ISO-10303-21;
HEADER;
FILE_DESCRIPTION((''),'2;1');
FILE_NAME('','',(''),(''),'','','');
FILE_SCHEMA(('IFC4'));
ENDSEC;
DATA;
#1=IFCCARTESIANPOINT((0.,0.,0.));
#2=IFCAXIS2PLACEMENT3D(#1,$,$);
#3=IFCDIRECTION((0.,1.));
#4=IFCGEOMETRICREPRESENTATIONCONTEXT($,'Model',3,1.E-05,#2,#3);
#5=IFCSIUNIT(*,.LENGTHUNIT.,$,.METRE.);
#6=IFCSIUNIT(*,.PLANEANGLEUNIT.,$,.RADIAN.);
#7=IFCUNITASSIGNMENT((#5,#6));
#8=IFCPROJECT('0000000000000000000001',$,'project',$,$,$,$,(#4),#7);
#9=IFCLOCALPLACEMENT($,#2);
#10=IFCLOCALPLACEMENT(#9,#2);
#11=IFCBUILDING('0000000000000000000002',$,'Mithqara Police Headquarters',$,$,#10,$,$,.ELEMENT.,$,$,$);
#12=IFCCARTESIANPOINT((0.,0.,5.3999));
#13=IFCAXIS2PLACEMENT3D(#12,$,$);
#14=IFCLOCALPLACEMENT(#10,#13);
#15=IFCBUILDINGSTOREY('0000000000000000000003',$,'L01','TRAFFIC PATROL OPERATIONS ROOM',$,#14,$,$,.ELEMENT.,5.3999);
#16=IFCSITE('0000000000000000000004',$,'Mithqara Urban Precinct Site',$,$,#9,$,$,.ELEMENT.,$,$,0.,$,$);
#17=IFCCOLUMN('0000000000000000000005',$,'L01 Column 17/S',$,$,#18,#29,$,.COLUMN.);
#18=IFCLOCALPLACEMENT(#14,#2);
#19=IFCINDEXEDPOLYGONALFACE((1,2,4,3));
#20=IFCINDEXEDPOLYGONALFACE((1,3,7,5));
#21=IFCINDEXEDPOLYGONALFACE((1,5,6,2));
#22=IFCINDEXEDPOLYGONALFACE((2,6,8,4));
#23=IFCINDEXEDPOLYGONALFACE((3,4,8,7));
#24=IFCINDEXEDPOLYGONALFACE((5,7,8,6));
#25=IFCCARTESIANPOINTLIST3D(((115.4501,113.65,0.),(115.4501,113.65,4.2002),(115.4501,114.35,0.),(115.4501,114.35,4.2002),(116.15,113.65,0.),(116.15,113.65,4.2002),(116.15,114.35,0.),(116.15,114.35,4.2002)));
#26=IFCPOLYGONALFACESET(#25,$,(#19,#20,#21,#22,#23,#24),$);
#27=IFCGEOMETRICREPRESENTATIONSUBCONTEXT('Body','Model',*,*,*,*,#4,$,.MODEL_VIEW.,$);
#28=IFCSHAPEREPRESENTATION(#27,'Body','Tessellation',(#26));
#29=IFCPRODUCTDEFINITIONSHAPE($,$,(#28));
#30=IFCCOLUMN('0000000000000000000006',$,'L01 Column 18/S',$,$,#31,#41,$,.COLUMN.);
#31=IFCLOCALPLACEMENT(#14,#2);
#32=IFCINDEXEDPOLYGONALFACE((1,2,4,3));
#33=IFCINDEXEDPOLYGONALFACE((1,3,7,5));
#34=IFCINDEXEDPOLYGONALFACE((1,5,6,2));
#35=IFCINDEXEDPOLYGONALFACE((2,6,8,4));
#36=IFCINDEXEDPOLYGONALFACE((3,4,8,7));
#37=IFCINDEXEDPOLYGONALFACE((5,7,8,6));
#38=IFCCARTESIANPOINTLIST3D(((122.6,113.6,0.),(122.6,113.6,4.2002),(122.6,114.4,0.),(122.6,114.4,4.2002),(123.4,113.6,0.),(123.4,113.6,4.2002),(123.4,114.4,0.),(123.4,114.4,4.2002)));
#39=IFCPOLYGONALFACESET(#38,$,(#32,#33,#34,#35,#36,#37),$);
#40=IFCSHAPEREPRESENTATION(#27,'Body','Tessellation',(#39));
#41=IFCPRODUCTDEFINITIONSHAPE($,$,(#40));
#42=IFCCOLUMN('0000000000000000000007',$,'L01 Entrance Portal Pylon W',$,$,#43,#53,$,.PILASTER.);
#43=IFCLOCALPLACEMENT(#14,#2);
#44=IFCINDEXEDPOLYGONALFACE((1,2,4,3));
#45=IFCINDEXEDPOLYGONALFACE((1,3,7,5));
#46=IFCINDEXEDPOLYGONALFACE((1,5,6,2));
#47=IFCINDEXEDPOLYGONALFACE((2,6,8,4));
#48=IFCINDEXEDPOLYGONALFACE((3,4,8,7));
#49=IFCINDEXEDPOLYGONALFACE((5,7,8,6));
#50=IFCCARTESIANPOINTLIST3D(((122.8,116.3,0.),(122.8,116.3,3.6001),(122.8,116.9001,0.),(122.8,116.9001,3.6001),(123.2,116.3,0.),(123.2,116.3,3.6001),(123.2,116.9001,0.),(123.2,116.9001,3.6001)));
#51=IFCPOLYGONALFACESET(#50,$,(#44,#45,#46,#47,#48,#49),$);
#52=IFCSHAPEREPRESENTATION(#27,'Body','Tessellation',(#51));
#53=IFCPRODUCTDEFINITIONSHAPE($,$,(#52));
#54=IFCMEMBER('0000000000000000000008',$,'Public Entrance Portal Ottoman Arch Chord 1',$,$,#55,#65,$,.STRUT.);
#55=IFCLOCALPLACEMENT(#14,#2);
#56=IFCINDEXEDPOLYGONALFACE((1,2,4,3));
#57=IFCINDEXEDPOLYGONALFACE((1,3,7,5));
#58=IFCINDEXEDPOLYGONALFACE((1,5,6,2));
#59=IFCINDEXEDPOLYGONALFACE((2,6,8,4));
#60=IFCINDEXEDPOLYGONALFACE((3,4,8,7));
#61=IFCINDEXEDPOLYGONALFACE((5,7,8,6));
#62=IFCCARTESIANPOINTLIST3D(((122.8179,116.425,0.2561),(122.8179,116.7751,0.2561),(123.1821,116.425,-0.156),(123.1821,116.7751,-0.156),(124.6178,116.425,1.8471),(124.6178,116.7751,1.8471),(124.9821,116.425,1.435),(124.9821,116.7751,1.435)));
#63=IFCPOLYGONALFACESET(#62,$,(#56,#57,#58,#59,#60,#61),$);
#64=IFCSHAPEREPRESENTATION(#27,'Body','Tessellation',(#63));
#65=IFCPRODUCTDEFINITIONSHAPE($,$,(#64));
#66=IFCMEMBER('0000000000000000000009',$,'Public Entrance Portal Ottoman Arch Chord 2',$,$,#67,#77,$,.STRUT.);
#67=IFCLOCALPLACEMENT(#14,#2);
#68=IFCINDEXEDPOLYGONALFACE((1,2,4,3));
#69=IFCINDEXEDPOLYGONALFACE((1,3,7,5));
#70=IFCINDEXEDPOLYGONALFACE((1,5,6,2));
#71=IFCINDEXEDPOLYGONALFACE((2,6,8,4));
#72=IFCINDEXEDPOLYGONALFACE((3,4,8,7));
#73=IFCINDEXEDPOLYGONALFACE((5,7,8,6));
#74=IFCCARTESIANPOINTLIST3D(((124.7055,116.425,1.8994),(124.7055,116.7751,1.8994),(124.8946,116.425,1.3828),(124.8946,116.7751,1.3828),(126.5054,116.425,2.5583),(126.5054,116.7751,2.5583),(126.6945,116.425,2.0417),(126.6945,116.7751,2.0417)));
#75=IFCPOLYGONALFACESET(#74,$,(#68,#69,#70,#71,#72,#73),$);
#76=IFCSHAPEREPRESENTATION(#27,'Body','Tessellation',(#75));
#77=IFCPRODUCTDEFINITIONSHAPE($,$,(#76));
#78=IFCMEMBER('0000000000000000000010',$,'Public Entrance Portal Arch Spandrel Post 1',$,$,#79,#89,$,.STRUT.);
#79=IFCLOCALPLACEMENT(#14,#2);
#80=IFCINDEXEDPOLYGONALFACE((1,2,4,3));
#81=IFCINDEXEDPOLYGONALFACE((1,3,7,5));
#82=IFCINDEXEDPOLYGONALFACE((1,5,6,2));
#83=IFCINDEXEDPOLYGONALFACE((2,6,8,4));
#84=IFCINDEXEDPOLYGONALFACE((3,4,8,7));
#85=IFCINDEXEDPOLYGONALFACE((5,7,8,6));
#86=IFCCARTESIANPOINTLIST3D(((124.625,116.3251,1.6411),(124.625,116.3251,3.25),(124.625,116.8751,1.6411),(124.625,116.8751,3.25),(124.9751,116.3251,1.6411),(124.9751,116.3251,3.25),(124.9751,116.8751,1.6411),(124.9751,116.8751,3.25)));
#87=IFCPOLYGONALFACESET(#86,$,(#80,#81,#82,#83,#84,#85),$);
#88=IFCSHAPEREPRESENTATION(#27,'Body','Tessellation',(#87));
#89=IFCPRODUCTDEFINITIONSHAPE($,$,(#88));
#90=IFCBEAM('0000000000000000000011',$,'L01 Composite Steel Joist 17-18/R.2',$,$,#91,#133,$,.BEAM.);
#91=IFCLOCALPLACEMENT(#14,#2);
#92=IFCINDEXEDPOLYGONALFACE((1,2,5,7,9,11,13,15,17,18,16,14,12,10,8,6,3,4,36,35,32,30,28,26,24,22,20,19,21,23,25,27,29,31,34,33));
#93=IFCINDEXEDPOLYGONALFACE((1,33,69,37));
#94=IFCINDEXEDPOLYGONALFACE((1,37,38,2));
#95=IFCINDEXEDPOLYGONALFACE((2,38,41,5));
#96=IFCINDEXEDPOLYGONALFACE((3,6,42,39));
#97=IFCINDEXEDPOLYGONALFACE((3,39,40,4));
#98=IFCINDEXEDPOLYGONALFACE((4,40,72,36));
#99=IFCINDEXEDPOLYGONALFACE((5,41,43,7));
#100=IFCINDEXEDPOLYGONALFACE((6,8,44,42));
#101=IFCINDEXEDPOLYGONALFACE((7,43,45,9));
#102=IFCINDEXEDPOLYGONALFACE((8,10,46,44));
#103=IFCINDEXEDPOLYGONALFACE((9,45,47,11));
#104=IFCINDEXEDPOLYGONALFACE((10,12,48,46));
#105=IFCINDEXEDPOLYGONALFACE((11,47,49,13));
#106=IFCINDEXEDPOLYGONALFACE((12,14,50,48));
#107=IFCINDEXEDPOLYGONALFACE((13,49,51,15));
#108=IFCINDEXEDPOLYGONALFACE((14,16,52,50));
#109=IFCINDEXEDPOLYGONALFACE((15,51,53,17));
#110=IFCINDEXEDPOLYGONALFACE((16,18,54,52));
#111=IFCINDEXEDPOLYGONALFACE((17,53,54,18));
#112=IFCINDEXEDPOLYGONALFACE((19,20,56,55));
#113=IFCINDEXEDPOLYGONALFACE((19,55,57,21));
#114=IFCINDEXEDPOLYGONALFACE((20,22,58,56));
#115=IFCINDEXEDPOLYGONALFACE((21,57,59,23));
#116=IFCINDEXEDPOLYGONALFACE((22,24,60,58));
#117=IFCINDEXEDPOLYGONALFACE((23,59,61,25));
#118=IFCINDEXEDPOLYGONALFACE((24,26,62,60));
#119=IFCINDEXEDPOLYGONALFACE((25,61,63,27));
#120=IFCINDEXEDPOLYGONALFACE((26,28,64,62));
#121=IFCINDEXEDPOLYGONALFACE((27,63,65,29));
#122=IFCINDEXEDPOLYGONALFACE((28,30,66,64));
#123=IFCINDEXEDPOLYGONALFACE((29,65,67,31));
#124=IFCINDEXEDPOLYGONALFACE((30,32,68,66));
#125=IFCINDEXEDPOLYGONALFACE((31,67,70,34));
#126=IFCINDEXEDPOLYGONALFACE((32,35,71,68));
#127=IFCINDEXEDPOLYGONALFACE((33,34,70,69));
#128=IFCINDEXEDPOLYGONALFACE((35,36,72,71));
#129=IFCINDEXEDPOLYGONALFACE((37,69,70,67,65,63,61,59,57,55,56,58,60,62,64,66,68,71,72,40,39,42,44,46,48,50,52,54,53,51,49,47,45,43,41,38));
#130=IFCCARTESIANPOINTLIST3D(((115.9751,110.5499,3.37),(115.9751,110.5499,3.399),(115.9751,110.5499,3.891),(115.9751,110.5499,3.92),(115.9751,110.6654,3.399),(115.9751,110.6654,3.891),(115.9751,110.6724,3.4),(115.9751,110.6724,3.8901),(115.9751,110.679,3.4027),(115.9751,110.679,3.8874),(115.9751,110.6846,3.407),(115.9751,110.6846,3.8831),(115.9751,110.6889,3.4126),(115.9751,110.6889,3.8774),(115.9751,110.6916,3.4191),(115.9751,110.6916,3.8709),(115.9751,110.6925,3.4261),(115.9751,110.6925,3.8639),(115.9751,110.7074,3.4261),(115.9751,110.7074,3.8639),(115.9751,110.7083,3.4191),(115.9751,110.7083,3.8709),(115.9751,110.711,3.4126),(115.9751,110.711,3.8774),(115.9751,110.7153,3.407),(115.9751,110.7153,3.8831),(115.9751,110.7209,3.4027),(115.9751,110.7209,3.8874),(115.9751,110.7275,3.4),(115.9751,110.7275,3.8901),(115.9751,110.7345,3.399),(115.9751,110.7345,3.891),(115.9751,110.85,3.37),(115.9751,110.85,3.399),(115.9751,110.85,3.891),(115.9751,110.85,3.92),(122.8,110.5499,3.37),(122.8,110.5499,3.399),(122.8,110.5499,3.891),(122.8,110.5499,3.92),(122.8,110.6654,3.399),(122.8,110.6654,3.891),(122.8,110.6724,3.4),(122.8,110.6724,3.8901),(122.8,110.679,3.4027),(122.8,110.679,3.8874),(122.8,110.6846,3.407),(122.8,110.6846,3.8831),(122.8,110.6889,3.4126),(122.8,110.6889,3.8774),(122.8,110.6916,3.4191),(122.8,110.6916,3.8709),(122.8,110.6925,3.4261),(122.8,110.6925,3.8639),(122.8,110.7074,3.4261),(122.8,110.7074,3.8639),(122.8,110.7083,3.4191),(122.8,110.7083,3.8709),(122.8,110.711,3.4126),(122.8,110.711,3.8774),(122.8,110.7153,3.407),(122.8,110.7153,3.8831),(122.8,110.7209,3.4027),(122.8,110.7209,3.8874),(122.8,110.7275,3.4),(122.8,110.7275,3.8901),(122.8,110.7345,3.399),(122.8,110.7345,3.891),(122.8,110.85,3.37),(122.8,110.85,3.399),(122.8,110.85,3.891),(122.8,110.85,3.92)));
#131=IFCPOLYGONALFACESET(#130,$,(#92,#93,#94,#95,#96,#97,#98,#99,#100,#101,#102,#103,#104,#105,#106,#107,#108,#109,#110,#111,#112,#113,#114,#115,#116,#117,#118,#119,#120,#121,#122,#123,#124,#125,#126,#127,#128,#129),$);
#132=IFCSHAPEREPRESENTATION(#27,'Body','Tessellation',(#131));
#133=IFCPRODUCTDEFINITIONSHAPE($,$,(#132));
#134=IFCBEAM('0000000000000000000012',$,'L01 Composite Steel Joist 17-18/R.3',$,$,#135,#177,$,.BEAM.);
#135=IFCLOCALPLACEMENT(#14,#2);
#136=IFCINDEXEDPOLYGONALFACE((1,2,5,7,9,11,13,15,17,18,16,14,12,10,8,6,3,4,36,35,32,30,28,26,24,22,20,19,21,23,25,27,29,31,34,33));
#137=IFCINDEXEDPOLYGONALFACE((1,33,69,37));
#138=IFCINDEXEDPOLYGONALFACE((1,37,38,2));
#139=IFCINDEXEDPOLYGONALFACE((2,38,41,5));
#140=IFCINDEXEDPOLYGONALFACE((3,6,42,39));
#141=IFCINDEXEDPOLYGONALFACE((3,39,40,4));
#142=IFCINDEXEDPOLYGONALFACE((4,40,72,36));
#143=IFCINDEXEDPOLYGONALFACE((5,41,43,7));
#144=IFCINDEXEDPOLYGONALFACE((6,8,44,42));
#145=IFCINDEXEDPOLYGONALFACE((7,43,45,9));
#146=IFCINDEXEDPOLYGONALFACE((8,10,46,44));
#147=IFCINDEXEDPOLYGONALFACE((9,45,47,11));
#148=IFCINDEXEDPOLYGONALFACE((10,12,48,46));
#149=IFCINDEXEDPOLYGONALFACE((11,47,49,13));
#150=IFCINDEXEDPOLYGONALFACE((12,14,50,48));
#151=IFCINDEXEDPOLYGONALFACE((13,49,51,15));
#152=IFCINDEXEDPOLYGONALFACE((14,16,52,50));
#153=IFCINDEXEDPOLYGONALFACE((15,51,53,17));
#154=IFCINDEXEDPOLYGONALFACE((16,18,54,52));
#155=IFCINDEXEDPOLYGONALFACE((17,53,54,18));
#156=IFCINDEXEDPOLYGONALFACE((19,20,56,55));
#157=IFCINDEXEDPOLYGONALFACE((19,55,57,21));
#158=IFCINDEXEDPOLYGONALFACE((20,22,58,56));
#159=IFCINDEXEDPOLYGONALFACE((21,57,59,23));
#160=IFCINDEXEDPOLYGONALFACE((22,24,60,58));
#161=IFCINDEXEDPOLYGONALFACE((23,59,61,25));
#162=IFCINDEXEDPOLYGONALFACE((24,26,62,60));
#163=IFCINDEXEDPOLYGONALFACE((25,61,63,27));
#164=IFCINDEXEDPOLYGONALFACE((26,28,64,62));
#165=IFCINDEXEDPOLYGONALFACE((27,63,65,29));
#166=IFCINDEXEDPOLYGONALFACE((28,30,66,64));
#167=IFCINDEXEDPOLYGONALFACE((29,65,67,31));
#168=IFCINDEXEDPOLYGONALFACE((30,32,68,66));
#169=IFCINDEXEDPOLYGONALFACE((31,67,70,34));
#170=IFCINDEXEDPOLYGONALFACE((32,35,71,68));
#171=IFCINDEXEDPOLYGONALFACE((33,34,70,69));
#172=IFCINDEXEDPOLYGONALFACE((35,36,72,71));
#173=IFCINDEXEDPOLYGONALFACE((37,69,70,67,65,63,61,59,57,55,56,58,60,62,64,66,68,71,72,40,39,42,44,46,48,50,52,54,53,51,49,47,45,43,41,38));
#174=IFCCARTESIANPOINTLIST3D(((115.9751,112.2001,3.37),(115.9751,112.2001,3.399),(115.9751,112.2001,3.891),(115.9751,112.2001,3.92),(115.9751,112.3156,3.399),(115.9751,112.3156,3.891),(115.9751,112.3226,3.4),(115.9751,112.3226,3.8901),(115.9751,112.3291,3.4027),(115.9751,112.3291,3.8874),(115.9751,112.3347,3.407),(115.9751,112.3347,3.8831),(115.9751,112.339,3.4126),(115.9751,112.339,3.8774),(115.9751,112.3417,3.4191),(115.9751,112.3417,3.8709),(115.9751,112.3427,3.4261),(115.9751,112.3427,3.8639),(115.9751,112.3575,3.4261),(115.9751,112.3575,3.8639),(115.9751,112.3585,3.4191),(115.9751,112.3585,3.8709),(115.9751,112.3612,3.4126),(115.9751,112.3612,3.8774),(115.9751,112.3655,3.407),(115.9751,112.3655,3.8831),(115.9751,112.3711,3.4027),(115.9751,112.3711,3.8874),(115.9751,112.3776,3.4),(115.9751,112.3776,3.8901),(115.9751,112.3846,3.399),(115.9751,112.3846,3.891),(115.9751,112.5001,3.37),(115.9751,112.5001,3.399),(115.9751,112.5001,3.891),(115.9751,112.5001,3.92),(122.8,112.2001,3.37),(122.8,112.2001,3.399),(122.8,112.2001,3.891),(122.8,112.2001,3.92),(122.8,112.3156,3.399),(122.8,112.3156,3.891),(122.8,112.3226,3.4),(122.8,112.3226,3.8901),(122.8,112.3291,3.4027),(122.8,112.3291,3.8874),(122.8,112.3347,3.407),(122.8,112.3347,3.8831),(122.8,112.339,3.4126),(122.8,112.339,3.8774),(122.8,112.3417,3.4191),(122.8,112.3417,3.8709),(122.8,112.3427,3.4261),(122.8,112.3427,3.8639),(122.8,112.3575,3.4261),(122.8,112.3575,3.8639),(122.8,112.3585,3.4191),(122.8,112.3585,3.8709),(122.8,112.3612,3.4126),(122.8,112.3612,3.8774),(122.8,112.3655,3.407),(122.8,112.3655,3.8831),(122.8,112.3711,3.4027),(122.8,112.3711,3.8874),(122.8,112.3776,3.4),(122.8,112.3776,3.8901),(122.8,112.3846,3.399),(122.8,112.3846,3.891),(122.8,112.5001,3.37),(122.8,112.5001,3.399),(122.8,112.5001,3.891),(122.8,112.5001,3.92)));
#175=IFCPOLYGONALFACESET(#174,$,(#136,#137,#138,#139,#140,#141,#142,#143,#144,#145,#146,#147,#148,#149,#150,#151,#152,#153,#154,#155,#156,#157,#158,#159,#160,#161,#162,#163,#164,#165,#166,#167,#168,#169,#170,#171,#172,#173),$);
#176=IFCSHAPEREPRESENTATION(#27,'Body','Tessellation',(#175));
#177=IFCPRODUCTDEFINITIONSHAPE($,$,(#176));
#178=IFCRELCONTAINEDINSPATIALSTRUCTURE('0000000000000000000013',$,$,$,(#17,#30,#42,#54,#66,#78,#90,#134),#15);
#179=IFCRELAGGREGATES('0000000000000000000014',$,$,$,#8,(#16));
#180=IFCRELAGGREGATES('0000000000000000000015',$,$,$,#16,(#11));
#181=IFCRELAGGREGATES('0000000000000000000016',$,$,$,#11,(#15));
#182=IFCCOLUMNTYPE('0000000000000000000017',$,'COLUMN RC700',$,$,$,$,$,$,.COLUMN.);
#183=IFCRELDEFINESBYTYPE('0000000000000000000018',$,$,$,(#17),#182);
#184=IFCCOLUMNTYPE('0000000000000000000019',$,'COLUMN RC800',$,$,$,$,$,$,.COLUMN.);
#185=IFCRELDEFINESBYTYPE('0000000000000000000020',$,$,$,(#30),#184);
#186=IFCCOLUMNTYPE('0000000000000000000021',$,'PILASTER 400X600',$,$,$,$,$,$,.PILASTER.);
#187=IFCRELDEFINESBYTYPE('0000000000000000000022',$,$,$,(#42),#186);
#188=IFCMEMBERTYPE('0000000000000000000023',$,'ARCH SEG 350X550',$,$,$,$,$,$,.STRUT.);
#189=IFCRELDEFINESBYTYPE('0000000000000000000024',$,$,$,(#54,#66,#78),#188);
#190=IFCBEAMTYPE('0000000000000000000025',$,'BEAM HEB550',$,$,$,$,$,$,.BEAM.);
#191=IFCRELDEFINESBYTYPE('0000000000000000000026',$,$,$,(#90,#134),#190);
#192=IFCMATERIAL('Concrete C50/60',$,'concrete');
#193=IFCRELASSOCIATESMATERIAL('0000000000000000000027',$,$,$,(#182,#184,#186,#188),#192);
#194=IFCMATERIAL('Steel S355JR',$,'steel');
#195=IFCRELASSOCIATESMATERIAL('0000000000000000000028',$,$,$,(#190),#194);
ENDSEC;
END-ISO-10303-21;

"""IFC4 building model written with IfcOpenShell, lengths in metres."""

from ifc_helpers import new_model, si_unit, direction, frame, origin, origin_2d, place, context, subcontext, project, spatial, rectangle, i_section, extrude, material, material_profile, profile_set, type_object, element, save


model = new_model("IFC4")

# Units and contexts
model_context = context("Model", 3, precision=1e-05, world=origin(), true_north=direction((0.0, 1.0)))
body_context = subcontext(model_context, "Body", "Model", "MODEL_VIEW")
ifc_project = project(units=[si_unit("LENGTHUNIT", "METRE"), si_unit("PLANEANGLEUNIT", "RADIAN")], contexts=[model_context])

# Site, building, storey
site_placement = place(None, origin())
site = spatial("IfcSite", under=ifc_project, at=site_placement, Name="Mithqara Urban Precinct Site", CompositionType="ELEMENT", RefElevation=0.0)
building_placement = place(site_placement, origin())
building = spatial("IfcBuilding", under=site, at=building_placement, Name="Mithqara Police Headquarters", CompositionType="ELEMENT")
storey_placement = place(building_placement, frame((0.0, 0.0, 5.3999)))
storey = spatial("IfcBuildingStorey", under=building, at=storey_placement, Name="L01", Description="TRAFFIC PATROL OPERATIONS ROOM", CompositionType="ELEMENT", Elevation=5.3999)

# Columns
ifc_material_1 = material(Name="Concrete C50/60", Category="concrete")
ifc_material_profile_1 = material_profile(ifc_material_1, rectangle(XDim=0.7, YDim=0.7, at=origin_2d()), Name="RC 700x700")
ifc_profile_set_1 = profile_set([ifc_material_profile_1], Name="Concrete C50/60")
column_type_1 = type_object("IfcColumnType", Name="COLUMN RC700", PredefinedType="COLUMN", material=ifc_profile_set_1)
column_1_placement = place(storey_placement, frame((115.8, 114.0, 0.0), z_axis=(0.0, 0.0, 1.0), x_axis=(1.0, 0.0, 0.0)))
element("IfcColumn", 1, at=column_1_placement, inside=storey, type_object=column_type_1, Name="L01 Column 17/S", PredefinedType="COLUMN", context=body_context, shape_type="SweptSolid", body=[
    extrude(rectangle(XDim=0.7, YDim=0.7, at=origin_2d()), origin(), (0.0, 0.0, 1.0), 4.2002),
])
ifc_material_profile_2 = material_profile(ifc_material_1, rectangle(XDim=0.8, YDim=0.8, at=origin_2d()), Name="RC 800x800")
ifc_profile_set_2 = profile_set([ifc_material_profile_2], Name="Concrete C50/60")
column_type_2 = type_object("IfcColumnType", Name="COLUMN RC800", PredefinedType="COLUMN", material=ifc_profile_set_2)
column_2_placement = place(storey_placement, frame((123.0, 114.0, 0.0), z_axis=(0.0, 0.0, 1.0), x_axis=(1.0, 0.0, 0.0)))
element("IfcColumn", 2, at=column_2_placement, inside=storey, type_object=column_type_2, Name="L01 Column 18/S", PredefinedType="COLUMN", context=body_context, shape_type="SweptSolid", body=[
    extrude(rectangle(XDim=0.8, YDim=0.8, at=origin_2d()), origin(), (0.0, 0.0, 1.0), 4.2002),
])
ifc_material_profile_3 = material_profile(ifc_material_1, rectangle(XDim=0.3999, YDim=0.6001, at=origin_2d()), Name="PIL 400x600")
ifc_profile_set_3 = profile_set([ifc_material_profile_3], Name="Concrete C50/60")
column_type_3 = type_object("IfcColumnType", Name="PILASTER 400X600", PredefinedType="PILASTER", material=ifc_profile_set_3)
column_3_placement = place(storey_placement, frame((123.0, 116.6001, 0.0), z_axis=(0.0, 0.0, 1.0), x_axis=(1.0, 0.0, 0.0)))
element("IfcColumn", 3, at=column_3_placement, inside=storey, type_object=column_type_3, Name="L01 Entrance Portal Pylon W", PredefinedType="PILASTER", context=body_context, shape_type="SweptSolid", body=[
    extrude(rectangle(XDim=0.3999, YDim=0.6001, at=origin_2d()), origin(), (0.0, 0.0, 1.0), 3.6001),
])

# Members
ifc_material_profile_4 = material_profile(ifc_material_1, rectangle(XDim=0.3501, YDim=0.55, at=origin_2d()), Name="ARC 350x550")
ifc_profile_set_4 = profile_set([ifc_material_profile_4], Name="Concrete C50/60")
member_type = type_object("IfcMemberType", Name="ARCH SEG 350X550", PredefinedType="STRUT", material=ifc_profile_set_4)
member_1_placement = place(storey_placement, frame((123.0, 116.6001, 0.05), z_axis=(0.749262, 0.0, 0.662273), x_axis=(0.0, 1.0, 0.0)))
element("IfcMember", 4, at=member_1_placement, inside=storey, type_object=member_type, Name="Public Entrance Portal Ottoman Arch Chord 1", PredefinedType="STRUT", context=body_context, shape_type="SweptSolid", body=[
    extrude(rectangle(XDim=0.3501, YDim=0.55, at=origin_2d()), origin(), (0.0, 0.0, 1.0), 2.4023),
])
member_2_placement = place(storey_placement, frame((124.8, 116.6001, 1.6411), z_axis=(0.939059, 0.0, 0.343757), x_axis=(0.0, 1.0, 0.0)))
element("IfcMember", 5, at=member_2_placement, inside=storey, type_object=member_type, Name="Public Entrance Portal Ottoman Arch Chord 2", PredefinedType="STRUT", context=body_context, shape_type="SweptSolid", body=[
    extrude(rectangle(XDim=0.3501, YDim=0.55, at=origin_2d()), origin(), (0.0, 0.0, 1.0), 1.9167),
])
member_3_placement = place(storey_placement, frame((124.8, 116.6001, 1.6411), z_axis=(0.0, 0.0, 1.0), x_axis=(1.0, 0.0, 0.0)))
element("IfcMember", 6, at=member_3_placement, inside=storey, type_object=member_type, Name="Public Entrance Portal Arch Spandrel Post 1", PredefinedType="STRUT", context=body_context, shape_type="SweptSolid", body=[
    extrude(rectangle(XDim=0.3501, YDim=0.55, at=origin_2d()), origin(), (0.0, 0.0, 1.0), 1.6089),
])

# Beams
ifc_material_2 = material(Name="Steel S355JR", Category="steel")
ifc_material_profile_5 = material_profile(ifc_material_2, i_section(OverallWidth=0.3, OverallDepth=0.55, WebThickness=0.0149, FlangeThickness=0.0291, FilletRadius=0.0271, at=origin_2d()), Name="HEB 550")
ifc_profile_set_5 = profile_set([ifc_material_profile_5], Name="Steel S355JR")
beam_type_1 = type_object("IfcBeamType", Name="BEAM HEB550", PredefinedType="BEAM", material=ifc_profile_set_5)
for number, where, z_axis, x_axis, name in (
    (7, (115.9751, 110.7, 3.645), (1.0, 0.0, 0.0), (0.0, 1.0, 0.0), "L01 Composite Steel Joist 17-18/R.2"),
    (8, (115.9751, 112.3501, 3.645), (1.0, 0.0, 0.0), (0.0, 1.0, 0.0), "L01 Composite Steel Joist 17-18/R.3"),
):
    element("IfcBeam", number, at=place(storey_placement, frame(where, z_axis=z_axis, x_axis=x_axis)), inside=storey, type_object=beam_type_1, Name=name, PredefinedType="BEAM", context=body_context, shape_type="SweptSolid", body=[
        extrude(i_section(OverallWidth=0.3, OverallDepth=0.55, WebThickness=0.0149, FlangeThickness=0.0291, FilletRadius=0.0271, at=origin_2d()), origin(), (0.0, 0.0, 1.0), 6.825),
    ])

save(model, "model.ifc")
